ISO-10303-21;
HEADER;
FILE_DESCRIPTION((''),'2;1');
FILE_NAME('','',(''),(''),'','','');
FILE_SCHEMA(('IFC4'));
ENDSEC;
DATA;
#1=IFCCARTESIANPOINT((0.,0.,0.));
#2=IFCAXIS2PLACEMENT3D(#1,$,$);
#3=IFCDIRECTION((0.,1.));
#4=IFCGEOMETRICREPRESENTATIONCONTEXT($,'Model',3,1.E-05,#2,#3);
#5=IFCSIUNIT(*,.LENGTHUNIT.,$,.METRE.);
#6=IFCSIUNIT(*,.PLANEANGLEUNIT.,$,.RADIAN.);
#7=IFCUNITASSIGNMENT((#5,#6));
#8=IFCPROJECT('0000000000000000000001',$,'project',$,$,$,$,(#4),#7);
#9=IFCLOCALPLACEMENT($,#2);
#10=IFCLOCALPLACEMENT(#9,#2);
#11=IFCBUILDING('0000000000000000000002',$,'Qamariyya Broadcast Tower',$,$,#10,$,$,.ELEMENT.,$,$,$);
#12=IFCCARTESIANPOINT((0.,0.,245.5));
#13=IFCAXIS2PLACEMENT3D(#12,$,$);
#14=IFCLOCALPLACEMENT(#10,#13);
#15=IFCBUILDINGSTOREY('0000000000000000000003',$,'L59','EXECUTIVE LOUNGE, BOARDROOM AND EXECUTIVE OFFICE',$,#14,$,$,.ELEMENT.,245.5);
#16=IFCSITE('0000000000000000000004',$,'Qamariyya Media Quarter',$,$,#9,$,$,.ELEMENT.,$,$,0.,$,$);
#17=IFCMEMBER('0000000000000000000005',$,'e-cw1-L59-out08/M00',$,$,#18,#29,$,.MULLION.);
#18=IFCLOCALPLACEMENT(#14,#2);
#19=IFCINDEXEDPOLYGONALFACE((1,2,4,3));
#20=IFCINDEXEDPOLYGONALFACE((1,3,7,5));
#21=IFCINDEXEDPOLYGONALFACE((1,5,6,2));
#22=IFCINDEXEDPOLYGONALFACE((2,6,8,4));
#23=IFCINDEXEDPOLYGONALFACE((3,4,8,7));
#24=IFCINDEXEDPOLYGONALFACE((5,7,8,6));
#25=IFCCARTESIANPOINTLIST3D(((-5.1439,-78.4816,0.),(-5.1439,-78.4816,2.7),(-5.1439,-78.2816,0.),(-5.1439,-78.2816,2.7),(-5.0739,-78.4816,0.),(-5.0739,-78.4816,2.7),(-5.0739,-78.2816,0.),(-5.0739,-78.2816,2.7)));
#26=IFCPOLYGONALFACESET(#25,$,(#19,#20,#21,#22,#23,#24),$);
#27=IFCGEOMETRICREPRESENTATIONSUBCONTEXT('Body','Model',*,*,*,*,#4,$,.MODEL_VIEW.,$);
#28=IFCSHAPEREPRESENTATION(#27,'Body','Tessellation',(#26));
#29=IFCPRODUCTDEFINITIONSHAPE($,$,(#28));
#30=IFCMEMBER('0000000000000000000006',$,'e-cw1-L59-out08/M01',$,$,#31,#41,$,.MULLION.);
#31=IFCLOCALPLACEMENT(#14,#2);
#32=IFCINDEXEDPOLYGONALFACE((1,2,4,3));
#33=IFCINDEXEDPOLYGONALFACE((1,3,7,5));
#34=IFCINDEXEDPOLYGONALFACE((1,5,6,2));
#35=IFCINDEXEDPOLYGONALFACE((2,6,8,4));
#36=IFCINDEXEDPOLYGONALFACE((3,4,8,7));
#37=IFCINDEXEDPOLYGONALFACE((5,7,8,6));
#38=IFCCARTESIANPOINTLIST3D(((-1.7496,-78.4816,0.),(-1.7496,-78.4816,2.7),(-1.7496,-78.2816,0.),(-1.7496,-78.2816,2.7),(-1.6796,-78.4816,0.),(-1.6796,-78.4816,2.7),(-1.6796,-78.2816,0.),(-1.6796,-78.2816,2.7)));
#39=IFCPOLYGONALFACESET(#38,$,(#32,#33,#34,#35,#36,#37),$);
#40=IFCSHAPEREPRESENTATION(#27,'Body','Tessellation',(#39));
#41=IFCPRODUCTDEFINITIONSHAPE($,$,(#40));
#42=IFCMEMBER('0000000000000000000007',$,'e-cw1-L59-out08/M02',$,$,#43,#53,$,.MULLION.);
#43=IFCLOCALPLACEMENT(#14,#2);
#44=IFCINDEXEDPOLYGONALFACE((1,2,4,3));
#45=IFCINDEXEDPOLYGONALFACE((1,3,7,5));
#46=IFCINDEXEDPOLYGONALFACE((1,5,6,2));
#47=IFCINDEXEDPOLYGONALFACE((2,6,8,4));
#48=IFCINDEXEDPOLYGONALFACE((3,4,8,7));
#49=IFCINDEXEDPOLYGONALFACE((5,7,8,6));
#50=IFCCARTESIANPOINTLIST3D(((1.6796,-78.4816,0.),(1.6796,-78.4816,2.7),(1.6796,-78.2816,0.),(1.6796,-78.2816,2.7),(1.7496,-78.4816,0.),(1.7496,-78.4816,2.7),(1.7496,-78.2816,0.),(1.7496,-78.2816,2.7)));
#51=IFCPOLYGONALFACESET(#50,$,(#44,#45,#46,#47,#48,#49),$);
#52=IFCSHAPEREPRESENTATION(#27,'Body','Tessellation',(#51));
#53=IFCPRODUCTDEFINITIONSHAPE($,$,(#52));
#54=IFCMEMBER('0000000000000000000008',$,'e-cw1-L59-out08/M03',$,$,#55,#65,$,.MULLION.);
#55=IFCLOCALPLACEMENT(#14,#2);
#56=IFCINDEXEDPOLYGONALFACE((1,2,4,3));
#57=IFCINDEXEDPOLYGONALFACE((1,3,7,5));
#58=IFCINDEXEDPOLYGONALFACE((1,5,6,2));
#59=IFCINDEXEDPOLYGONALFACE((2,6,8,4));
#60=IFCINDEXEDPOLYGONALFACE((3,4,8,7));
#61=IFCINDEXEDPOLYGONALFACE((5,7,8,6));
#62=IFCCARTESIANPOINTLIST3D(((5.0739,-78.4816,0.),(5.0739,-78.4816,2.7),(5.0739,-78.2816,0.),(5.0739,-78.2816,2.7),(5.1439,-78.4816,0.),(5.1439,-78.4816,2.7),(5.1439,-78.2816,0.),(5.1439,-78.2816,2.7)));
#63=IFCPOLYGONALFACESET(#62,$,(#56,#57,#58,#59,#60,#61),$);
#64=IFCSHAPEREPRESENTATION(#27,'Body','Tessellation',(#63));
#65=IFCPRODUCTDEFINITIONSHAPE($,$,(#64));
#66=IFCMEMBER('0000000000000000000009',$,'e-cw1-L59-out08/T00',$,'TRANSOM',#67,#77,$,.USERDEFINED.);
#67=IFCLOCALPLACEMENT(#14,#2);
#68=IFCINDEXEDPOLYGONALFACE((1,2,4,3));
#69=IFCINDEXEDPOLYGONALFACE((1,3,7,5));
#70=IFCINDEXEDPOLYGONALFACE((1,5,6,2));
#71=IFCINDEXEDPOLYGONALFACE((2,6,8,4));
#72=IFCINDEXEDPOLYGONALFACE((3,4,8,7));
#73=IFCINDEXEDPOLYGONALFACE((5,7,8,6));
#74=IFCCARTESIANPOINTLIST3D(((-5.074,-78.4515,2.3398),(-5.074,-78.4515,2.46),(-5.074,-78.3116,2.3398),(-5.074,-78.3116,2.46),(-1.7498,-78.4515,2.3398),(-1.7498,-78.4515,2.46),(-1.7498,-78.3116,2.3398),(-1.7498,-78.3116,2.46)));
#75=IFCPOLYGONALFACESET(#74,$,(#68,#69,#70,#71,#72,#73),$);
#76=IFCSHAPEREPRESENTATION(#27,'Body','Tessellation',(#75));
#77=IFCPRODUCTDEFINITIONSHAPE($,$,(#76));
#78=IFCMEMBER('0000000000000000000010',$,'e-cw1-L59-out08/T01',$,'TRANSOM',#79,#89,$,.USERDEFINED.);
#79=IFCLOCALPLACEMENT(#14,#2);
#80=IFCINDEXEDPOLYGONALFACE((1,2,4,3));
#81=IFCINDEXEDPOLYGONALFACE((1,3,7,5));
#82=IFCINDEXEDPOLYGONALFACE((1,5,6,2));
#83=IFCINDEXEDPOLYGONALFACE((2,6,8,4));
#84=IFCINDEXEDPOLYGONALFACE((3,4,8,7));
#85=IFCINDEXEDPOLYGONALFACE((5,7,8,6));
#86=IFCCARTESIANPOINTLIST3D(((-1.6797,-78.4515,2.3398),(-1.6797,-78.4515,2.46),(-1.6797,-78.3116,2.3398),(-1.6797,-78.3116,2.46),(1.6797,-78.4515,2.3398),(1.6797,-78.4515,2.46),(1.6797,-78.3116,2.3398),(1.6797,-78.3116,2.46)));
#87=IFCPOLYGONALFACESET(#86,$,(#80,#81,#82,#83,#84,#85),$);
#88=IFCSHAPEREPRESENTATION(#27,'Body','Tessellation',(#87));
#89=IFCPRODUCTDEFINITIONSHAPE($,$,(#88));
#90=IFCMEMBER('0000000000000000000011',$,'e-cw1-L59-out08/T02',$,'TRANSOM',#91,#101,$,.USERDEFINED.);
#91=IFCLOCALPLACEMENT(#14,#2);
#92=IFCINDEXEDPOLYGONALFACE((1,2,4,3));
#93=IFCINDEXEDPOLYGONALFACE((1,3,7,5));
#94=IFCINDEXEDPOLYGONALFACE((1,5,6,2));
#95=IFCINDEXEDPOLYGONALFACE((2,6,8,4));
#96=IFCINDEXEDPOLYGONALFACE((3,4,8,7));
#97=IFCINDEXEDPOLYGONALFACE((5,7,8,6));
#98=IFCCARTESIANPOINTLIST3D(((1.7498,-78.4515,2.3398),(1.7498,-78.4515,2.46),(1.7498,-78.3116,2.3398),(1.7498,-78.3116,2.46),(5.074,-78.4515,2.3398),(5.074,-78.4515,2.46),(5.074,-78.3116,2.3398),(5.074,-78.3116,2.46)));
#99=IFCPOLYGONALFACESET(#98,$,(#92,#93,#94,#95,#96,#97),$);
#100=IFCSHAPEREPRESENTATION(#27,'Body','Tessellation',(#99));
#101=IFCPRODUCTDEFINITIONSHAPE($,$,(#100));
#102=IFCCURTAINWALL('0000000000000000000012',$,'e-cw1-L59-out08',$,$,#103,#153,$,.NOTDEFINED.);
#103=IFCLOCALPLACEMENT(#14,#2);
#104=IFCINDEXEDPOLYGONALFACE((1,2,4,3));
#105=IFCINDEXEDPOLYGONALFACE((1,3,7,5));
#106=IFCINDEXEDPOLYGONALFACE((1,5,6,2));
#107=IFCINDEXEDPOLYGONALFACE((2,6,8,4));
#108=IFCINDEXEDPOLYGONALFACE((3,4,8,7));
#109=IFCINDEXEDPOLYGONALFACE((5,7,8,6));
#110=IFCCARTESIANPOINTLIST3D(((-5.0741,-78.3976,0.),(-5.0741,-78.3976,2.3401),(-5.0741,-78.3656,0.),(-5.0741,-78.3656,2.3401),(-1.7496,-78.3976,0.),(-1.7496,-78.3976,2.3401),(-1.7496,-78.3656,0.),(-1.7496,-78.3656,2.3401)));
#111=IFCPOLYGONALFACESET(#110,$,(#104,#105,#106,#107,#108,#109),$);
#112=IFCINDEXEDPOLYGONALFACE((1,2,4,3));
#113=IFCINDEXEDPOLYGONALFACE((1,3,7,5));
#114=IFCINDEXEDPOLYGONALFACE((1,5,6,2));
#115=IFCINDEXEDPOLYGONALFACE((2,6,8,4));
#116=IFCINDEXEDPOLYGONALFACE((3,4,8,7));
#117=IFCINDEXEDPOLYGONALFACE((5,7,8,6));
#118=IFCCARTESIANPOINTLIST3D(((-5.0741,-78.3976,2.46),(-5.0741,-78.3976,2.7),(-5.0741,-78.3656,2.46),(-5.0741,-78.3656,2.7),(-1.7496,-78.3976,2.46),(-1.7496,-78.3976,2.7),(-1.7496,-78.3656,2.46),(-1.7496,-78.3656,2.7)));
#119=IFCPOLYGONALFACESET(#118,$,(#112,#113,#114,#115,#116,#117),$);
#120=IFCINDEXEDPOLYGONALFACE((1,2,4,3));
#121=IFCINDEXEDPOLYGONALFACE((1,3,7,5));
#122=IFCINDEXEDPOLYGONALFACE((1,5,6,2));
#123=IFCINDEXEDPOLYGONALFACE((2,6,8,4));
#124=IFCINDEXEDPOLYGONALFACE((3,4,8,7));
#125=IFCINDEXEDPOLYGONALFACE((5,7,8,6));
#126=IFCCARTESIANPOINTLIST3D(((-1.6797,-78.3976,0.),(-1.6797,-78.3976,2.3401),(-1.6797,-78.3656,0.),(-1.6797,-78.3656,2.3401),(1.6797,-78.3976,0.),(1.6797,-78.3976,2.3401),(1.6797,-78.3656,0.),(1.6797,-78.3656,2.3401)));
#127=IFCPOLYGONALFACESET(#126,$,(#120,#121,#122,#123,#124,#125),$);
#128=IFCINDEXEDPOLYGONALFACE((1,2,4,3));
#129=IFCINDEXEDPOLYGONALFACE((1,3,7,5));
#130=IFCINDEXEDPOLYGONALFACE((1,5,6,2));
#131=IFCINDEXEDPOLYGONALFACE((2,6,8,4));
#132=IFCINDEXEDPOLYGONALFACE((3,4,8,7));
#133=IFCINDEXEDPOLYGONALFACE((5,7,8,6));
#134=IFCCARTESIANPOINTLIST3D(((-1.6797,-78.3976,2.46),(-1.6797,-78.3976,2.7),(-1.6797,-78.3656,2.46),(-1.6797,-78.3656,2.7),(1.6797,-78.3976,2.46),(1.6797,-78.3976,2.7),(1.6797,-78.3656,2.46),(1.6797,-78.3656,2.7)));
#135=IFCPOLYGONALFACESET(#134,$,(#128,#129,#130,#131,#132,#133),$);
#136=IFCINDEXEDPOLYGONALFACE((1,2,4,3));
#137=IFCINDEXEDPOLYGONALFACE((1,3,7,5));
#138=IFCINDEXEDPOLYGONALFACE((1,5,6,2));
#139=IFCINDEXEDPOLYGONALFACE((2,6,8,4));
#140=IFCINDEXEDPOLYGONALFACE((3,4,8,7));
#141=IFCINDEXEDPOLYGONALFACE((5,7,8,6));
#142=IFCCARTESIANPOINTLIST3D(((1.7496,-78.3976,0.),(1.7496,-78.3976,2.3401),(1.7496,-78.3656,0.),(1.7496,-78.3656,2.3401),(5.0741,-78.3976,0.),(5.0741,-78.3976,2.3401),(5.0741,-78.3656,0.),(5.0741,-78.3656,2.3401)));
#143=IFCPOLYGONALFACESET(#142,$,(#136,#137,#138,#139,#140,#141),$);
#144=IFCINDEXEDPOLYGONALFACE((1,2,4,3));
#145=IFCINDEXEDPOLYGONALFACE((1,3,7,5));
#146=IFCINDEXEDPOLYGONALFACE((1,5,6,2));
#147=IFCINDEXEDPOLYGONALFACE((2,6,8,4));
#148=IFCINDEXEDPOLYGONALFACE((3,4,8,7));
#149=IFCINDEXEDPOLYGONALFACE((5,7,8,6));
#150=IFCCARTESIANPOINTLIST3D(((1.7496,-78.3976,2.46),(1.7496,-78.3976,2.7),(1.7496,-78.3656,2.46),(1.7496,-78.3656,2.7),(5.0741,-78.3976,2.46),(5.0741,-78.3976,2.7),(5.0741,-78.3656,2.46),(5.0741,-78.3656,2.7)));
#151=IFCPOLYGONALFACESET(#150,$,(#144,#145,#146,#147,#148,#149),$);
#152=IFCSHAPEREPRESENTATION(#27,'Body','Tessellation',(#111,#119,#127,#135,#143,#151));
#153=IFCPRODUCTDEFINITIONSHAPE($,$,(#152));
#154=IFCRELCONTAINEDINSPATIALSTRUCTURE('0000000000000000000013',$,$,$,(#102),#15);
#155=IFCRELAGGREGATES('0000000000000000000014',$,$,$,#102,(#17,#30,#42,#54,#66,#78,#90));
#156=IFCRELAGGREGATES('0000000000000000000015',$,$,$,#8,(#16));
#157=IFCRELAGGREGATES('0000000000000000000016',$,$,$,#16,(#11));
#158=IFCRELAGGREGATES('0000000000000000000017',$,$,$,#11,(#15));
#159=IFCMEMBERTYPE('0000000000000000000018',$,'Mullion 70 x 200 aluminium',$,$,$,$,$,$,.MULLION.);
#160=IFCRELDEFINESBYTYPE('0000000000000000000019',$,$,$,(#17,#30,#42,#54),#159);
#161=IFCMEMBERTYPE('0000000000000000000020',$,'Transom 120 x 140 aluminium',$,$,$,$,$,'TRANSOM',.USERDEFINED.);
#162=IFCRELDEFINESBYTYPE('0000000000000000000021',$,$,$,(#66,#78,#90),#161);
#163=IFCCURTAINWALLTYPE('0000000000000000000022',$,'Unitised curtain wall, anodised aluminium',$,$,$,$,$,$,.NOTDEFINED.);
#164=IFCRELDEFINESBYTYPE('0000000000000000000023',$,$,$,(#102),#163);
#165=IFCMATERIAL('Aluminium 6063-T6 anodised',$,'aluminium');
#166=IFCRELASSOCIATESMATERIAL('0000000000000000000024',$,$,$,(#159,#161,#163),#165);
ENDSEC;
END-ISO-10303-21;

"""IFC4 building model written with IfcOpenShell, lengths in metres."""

from ifc_helpers import new_model, si_unit, direction, frame, origin, origin_2d, place, context, subcontext, project, spatial, rectangle, extrude, material, material_profile, profile_set, type_object, element, aggregate, save


model = new_model("IFC4")

# Units and contexts
model_context = context("Model", 3, precision=1e-05, world=origin(), true_north=direction((0.0, 1.0)))
body_context = subcontext(model_context, "Body", "Model", "MODEL_VIEW")
ifc_project = project(units=[si_unit("LENGTHUNIT", "METRE"), si_unit("PLANEANGLEUNIT", "RADIAN")], contexts=[model_context])

# Members
ifc_material = material(Name="Aluminium 6063-T6 anodised", Category="aluminium")
ifc_material_profile_1 = material_profile(ifc_material, rectangle(XDim=0.2, YDim=0.0701, at=origin_2d()))
ifc_profile_set_1 = profile_set([ifc_material_profile_1], Name="Aluminium 6063-T6 anodised")
member_type_1 = type_object("IfcMemberType", Name="Mullion 70 x 200 aluminium", PredefinedType="MULLION", material=ifc_profile_set_1)
site_placement = place(None, origin())
building_placement = place(site_placement, origin())
storey_placement = place(building_placement, frame((0.0, 0.0, 245.5)))
member_1_placement = place(storey_placement, frame((-5.1089, -78.3816, 0.0), z_axis=(0.0, 0.0, 1.0), x_axis=(0.0, 1.0, 0.0)))
member_1 = element("IfcMember", 1, at=member_1_placement, type_object=member_type_1, Name="e-cw1-L59-out08/M00", PredefinedType="MULLION", context=body_context, shape_type="SweptSolid", body=[
    extrude(rectangle(XDim=0.2, YDim=0.0701, at=origin_2d()), origin(), (0.0, 0.0, 1.0), 2.7),
])
member_2_placement = place(storey_placement, frame((-1.7146, -78.3816, 0.0), z_axis=(0.0, 0.0, 1.0), x_axis=(0.0, 1.0, 0.0)))
member_2 = element("IfcMember", 2, at=member_2_placement, type_object=member_type_1, Name="e-cw1-L59-out08/M01", PredefinedType="MULLION", context=body_context, shape_type="SweptSolid", body=[
    extrude(rectangle(XDim=0.2, YDim=0.0701, at=origin_2d()), origin(), (0.0, 0.0, 1.0), 2.7),
])
member_3_placement = place(storey_placement, frame((1.7146, -78.3816, 0.0), z_axis=(0.0, 0.0, 1.0), x_axis=(0.0, 1.0, 0.0)))
member_3 = element("IfcMember", 3, at=member_3_placement, type_object=member_type_1, Name="e-cw1-L59-out08/M02", PredefinedType="MULLION", context=body_context, shape_type="SweptSolid", body=[
    extrude(rectangle(XDim=0.2, YDim=0.0701, at=origin_2d()), origin(), (0.0, 0.0, 1.0), 2.7),
])
member_4_placement = place(storey_placement, frame((5.1089, -78.3816, 0.0), z_axis=(0.0, 0.0, 1.0), x_axis=(0.0, 1.0, 0.0)))
member_4 = element("IfcMember", 4, at=member_4_placement, type_object=member_type_1, Name="e-cw1-L59-out08/M03", PredefinedType="MULLION", context=body_context, shape_type="SweptSolid", body=[
    extrude(rectangle(XDim=0.2, YDim=0.0701, at=origin_2d()), origin(), (0.0, 0.0, 1.0), 2.7),
])
ifc_material_profile_2 = material_profile(ifc_material, rectangle(XDim=0.1399, YDim=0.1201, at=origin_2d()))
ifc_profile_set_2 = profile_set([ifc_material_profile_2], Name="Aluminium 6063-T6 anodised")
member_type_2 = type_object("IfcMemberType", Name="Transom 120 x 140 aluminium", ElementType="TRANSOM", PredefinedType="USERDEFINED", material=ifc_profile_set_2)
member_5_placement = place(storey_placement, frame((-5.074, -78.3816, 2.3999), z_axis=(1.0, 0.0, 0.0), x_axis=(0.0, 1.0, 0.0)))
member_5 = element("IfcMember", 5, at=member_5_placement, type_object=member_type_2, Name="e-cw1-L59-out08/T00", ObjectType="TRANSOM", PredefinedType="USERDEFINED", context=body_context, shape_type="SweptSolid", body=[
    extrude(rectangle(XDim=0.1399, YDim=0.1201, at=origin_2d()), origin(), (0.0, 0.0, 1.0), 3.3242),
])
member_6_placement = place(storey_placement, frame((-1.6797, -78.3816, 2.3999), z_axis=(1.0, 0.0, 0.0), x_axis=(0.0, 1.0, 0.0)))
member_6 = element("IfcMember", 6, at=member_6_placement, type_object=member_type_2, Name="e-cw1-L59-out08/T01", ObjectType="TRANSOM", PredefinedType="USERDEFINED", context=body_context, shape_type="SweptSolid", body=[
    extrude(rectangle(XDim=0.1399, YDim=0.1201, at=origin_2d()), origin(), (0.0, 0.0, 1.0), 3.3594),
])
member_7_placement = place(storey_placement, frame((1.7498, -78.3816, 2.3999), z_axis=(1.0, 0.0, 0.0), x_axis=(0.0, 1.0, 0.0)))
member_7 = element("IfcMember", 7, at=member_7_placement, type_object=member_type_2, Name="e-cw1-L59-out08/T02", ObjectType="TRANSOM", PredefinedType="USERDEFINED", context=body_context, shape_type="SweptSolid", body=[
    extrude(rectangle(XDim=0.1399, YDim=0.1201, at=origin_2d()), origin(), (0.0, 0.0, 1.0), 3.3242),
])

# Site, building, storey
site = spatial("IfcSite", under=ifc_project, at=site_placement, Name="Qamariyya Media Quarter", CompositionType="ELEMENT", RefElevation=0.0)
building = spatial("IfcBuilding", under=site, at=building_placement, Name="Qamariyya Broadcast Tower", CompositionType="ELEMENT")
storey = spatial("IfcBuildingStorey", under=building, at=storey_placement, Name="L59", Description="EXECUTIVE LOUNGE, BOARDROOM AND EXECUTIVE OFFICE", CompositionType="ELEMENT", Elevation=245.5)

# Curtain wall
curtain_wall_type = type_object("IfcCurtainWallType", Name="Unitised curtain wall, anodised aluminium", PredefinedType="NOTDEFINED", material=ifc_material)
curtain_wall_1_placement = place(storey_placement, origin())
curtain_wall_1 = element("IfcCurtainWall", 8, at=curtain_wall_1_placement, inside=storey, type_object=curtain_wall_type, Name="e-cw1-L59-out08", PredefinedType="NOTDEFINED", context=body_context, shape_type="SweptSolid", body=[
    extrude(rectangle(XDim=3.3245, YDim=0.032, at=origin_2d()), frame((-3.4119, -78.3816, 0.0), x_axis=(1.0, 0.0, 0.0)), (0.0, 0.0, 1.0), 2.3401),
    extrude(rectangle(XDim=3.3245, YDim=0.032, at=origin_2d()), frame((-3.4119, -78.3816, 2.46), x_axis=(1.0, 0.0, 0.0)), (0.0, 0.0, 1.0), 0.24),
    extrude(rectangle(XDim=3.3594, YDim=0.032, at=origin_2d()), frame((0.0, -78.3816, 0.0), x_axis=(1.0, 0.0, 0.0)), (0.0, 0.0, 1.0), 2.3401),
    extrude(rectangle(XDim=3.3594, YDim=0.032, at=origin_2d()), frame((0.0, -78.3816, 2.46), x_axis=(1.0, 0.0, 0.0)), (0.0, 0.0, 1.0), 0.24),
    extrude(rectangle(XDim=3.3245, YDim=0.032, at=origin_2d()), frame((3.4119, -78.3816, 0.0), x_axis=(1.0, 0.0, 0.0)), (0.0, 0.0, 1.0), 2.3401),
    extrude(rectangle(XDim=3.3245, YDim=0.032, at=origin_2d()), frame((3.4119, -78.3816, 2.46), x_axis=(1.0, 0.0, 0.0)), (0.0, 0.0, 1.0), 0.24),
])
aggregate(curtain_wall_1, [member_1, member_2, member_3, member_4, member_5, member_6, member_7])

save(model, "model.ifc")
